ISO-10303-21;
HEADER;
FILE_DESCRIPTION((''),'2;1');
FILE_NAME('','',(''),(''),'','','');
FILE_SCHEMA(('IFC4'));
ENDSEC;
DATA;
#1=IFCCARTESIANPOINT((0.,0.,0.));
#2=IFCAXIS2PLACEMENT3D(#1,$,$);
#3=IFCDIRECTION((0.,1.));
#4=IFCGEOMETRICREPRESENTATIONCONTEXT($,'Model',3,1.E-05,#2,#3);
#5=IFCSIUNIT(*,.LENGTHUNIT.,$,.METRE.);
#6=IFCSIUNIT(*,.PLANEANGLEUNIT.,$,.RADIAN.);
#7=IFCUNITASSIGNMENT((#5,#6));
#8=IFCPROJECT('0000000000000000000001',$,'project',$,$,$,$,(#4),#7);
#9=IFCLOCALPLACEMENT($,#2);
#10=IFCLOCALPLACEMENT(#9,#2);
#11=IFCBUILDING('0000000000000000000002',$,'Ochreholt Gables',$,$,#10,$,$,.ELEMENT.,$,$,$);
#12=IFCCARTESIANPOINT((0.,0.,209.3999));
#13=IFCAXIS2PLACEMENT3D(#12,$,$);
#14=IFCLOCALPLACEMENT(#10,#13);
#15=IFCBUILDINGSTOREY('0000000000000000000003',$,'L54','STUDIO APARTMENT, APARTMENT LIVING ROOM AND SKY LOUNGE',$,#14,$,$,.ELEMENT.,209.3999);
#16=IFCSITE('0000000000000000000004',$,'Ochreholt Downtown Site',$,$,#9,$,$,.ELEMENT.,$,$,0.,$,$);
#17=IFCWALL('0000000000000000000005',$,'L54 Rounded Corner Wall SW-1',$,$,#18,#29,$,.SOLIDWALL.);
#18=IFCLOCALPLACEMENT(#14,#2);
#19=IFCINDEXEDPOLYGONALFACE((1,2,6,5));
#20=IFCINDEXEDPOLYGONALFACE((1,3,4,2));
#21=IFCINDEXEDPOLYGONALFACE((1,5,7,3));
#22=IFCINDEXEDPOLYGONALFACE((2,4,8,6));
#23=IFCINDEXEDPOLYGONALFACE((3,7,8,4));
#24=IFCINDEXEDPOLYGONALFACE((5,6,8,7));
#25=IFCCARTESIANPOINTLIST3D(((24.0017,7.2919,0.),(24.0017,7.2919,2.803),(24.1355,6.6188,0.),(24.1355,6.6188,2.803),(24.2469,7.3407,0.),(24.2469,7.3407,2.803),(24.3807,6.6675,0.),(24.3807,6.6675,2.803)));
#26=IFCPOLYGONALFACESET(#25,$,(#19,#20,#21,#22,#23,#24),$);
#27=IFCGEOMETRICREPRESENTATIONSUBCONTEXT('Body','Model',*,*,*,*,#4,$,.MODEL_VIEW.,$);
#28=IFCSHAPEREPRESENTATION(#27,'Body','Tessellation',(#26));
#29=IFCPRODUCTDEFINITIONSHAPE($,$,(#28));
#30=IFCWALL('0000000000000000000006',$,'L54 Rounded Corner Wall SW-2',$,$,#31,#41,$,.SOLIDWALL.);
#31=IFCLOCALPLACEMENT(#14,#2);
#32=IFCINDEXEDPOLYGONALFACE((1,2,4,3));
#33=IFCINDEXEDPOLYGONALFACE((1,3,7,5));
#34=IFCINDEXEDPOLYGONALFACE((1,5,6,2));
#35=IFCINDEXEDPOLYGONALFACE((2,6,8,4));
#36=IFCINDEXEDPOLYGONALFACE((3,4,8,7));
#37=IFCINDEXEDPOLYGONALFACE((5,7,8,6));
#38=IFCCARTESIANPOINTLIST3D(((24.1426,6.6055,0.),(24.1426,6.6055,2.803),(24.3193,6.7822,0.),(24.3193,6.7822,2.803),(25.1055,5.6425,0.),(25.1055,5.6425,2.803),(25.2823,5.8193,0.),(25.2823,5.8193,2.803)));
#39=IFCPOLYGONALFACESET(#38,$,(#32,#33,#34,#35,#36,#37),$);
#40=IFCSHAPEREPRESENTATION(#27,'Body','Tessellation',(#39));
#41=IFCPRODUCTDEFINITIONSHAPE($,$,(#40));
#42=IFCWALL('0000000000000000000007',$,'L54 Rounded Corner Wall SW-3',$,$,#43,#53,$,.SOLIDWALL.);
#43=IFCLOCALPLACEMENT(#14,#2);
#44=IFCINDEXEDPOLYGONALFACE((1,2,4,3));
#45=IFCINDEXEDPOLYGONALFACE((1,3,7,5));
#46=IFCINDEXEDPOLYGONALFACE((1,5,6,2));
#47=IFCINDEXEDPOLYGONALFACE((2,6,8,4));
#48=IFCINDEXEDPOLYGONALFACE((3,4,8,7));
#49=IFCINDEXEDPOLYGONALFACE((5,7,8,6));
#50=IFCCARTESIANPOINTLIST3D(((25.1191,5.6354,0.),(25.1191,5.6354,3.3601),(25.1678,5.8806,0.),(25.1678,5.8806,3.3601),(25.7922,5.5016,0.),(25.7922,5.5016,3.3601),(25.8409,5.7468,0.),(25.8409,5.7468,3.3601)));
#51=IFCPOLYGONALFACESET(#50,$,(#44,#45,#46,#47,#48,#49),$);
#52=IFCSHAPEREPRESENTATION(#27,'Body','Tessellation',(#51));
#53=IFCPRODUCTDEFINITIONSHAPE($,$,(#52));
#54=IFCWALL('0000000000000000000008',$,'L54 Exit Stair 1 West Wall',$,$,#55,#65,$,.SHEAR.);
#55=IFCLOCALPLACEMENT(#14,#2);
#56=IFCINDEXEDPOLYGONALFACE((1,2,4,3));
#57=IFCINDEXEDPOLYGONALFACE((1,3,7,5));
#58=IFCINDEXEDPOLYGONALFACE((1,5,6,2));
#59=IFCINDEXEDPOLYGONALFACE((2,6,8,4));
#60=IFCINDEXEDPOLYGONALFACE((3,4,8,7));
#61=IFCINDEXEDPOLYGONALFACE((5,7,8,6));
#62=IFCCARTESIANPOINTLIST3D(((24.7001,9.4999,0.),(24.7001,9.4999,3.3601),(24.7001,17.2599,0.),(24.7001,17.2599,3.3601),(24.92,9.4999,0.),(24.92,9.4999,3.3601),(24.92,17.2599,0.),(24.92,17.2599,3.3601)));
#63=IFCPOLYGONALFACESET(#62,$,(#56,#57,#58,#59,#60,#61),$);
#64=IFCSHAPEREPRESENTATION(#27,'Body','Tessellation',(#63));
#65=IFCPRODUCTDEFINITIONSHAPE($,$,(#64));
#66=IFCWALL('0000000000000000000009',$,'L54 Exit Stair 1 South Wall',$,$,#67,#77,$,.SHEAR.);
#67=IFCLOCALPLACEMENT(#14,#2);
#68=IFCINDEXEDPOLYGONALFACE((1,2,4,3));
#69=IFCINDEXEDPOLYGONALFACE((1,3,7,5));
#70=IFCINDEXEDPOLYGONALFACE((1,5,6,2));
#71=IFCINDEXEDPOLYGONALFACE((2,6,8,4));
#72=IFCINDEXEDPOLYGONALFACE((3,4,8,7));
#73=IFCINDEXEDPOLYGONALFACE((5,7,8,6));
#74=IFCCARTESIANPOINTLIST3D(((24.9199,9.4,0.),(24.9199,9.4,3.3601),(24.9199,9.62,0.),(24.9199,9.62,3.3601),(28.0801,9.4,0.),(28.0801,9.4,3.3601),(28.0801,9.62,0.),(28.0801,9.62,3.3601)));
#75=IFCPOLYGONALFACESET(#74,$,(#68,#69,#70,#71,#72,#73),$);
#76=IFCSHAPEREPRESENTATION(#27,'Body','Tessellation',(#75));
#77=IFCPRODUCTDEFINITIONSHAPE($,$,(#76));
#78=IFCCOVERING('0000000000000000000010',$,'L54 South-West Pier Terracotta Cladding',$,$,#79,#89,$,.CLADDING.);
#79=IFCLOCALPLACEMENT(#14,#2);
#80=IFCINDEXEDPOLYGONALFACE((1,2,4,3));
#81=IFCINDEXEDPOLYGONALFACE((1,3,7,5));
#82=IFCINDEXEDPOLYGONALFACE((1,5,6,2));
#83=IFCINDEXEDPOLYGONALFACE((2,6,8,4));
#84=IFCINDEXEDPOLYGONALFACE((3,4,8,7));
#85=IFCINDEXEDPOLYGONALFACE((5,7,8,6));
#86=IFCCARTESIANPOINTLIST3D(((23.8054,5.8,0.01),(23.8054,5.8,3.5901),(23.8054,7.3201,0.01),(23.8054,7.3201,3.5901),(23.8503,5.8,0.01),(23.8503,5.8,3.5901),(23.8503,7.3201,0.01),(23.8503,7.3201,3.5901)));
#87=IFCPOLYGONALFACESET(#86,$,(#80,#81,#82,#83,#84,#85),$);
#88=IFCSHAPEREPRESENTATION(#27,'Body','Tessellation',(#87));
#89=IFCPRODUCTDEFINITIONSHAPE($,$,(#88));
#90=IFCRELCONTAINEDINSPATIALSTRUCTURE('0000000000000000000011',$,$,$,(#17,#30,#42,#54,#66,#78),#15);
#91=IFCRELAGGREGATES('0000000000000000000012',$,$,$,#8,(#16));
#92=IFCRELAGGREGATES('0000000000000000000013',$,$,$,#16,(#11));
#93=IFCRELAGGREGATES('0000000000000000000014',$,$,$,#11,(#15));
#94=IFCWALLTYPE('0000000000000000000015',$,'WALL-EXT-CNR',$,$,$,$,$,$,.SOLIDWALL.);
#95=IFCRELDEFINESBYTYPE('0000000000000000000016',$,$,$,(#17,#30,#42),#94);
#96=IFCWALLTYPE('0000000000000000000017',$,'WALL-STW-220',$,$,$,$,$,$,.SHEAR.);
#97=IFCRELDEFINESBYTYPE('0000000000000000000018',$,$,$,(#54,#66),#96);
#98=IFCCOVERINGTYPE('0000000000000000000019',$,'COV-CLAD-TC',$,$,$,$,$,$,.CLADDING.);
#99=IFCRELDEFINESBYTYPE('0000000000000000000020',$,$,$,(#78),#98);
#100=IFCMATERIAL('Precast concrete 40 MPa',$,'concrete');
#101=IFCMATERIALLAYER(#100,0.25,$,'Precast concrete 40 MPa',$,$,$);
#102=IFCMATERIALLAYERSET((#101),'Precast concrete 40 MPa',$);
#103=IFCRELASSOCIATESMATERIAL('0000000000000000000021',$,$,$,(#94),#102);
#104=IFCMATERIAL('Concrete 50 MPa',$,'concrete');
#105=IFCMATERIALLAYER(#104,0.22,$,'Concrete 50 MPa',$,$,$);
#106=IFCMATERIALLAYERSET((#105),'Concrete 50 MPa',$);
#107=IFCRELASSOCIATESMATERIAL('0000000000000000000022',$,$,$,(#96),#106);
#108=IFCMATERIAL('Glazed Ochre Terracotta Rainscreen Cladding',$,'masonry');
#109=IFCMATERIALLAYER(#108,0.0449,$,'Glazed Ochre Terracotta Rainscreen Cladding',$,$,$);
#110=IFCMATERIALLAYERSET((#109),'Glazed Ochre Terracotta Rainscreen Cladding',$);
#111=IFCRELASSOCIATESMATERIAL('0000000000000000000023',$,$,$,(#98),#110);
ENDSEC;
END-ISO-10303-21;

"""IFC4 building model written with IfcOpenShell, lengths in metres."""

from ifc_helpers import new_model, si_unit, direction, frame, frame_2d, origin, origin_2d, place, context, subcontext, project, spatial, rectangle, extrude, material, layer, layer_set, type_object, element, save


model = new_model("IFC4")

# Units and contexts
model_context = context("Model", 3, precision=1e-05, world=origin(), true_north=direction((0.0, 1.0)))
body_context = subcontext(model_context, "Body", "Model", "MODEL_VIEW")
ifc_project = project(units=[si_unit("LENGTHUNIT", "METRE"), si_unit("PLANEANGLEUNIT", "RADIAN")], contexts=[model_context])

# Site, building, storey
site_placement = place(None, origin())
site = spatial("IfcSite", under=ifc_project, at=site_placement, Name="Ochreholt Downtown Site", CompositionType="ELEMENT", RefElevation=0.0)
building_placement = place(site_placement, origin())
building = spatial("IfcBuilding", under=site, at=building_placement, Name="Ochreholt Gables", CompositionType="ELEMENT")
storey_placement = place(building_placement, frame((0.0, 0.0, 209.3999)))
storey = spatial("IfcBuildingStorey", under=building, at=storey_placement, Name="L54", Description="STUDIO APARTMENT, APARTMENT LIVING ROOM AND SKY LOUNGE", CompositionType="ELEMENT", Elevation=209.3999)

# Shared definitions
ifc_material_1 = material(Name="Concrete 50 MPa", Category="concrete")

# Shared definitions
ifc_material_2 = material(Name="Precast concrete 40 MPa", Category="concrete")

# Walls
ifc_layer_1 = layer(ifc_material_2, 0.25, Name="Precast concrete 40 MPa")
ifc_layer_set_1 = layer_set([ifc_layer_1], Name="Precast concrete 40 MPa")
wall_type_1 = type_object("IfcWallType", Name="WALL-EXT-CNR", PredefinedType="SOLIDWALL", material=ifc_layer_set_1)
wall_1_placement = place(storey_placement, frame((24.1243, 7.3164, 0.0), z_axis=(0.0, 0.0, 1.0), x_axis=(0.194953, -0.980813, 0.0)))
element("IfcWall", 1, at=wall_1_placement, inside=storey, type_object=wall_type_1, Name="L54 Rounded Corner Wall SW-1", PredefinedType="SOLIDWALL", context=body_context, shape_type="SweptSolid", body=[
    extrude(rectangle(XDim=0.6863, YDim=0.25, at=frame_2d((0.3433, 0.0))), origin(), (0.0, 0.0, 1.0), 2.803),
])
wall_2_placement = place(storey_placement, frame((24.231, 6.6938, 0.0), z_axis=(0.0, 0.0, 1.0), x_axis=(0.707107, -0.707107, 0.0)))
element("IfcWall", 2, at=wall_2_placement, inside=storey, type_object=wall_type_1, Name="L54 Rounded Corner Wall SW-2", PredefinedType="SOLIDWALL", context=body_context, shape_type="SweptSolid", body=[
    extrude(rectangle(XDim=1.3618, YDim=0.25, at=frame_2d((0.6809, 0.0))), origin(), (0.0, 0.0, 1.0), 2.803),
])
wall_3_placement = place(storey_placement, frame((25.1433, 5.7581, 0.0), z_axis=(0.0, 0.0, 1.0), x_axis=(0.980813, -0.194953, 0.0)))
element("IfcWall", 3, at=wall_3_placement, inside=storey, type_object=wall_type_1, Name="L54 Rounded Corner Wall SW-3", PredefinedType="SOLIDWALL", context=body_context, shape_type="SweptSolid", body=[
    extrude(rectangle(XDim=0.6863, YDim=0.25, at=frame_2d((0.3433, 0.0))), origin(), (0.0, 0.0, 1.0), 3.3601),
])
ifc_layer_2 = layer(ifc_material_1, 0.22, Name="Concrete 50 MPa")
ifc_layer_set_2 = layer_set([ifc_layer_2], Name="Concrete 50 MPa")
wall_type_2 = type_object("IfcWallType", Name="WALL-STW-220", PredefinedType="SHEAR", material=ifc_layer_set_2)
wall_4_placement = place(storey_placement, frame((24.8101, 9.5, 0.0), z_axis=(0.0, 0.0, 1.0), x_axis=(0.0, 1.0, 0.0)))
element("IfcWall", 4, at=wall_4_placement, inside=storey, type_object=wall_type_2, Name="L54 Exit Stair 1 West Wall", PredefinedType="SHEAR", context=body_context, shape_type="SweptSolid", body=[
    extrude(rectangle(XDim=7.76, YDim=0.22, at=frame_2d((3.8799, 0.0))), origin(), (0.0, 0.0, 1.0), 3.3601),
])
wall_5_placement = place(storey_placement, frame((24.9199, 9.51, 0.0), z_axis=(0.0, 0.0, 1.0), x_axis=(1.0, 0.0, 0.0)))
element("IfcWall", 5, at=wall_5_placement, inside=storey, type_object=wall_type_2, Name="L54 Exit Stair 1 South Wall", PredefinedType="SHEAR", context=body_context, shape_type="SweptSolid", body=[
    extrude(rectangle(XDim=3.1602, YDim=0.22, at=frame_2d((1.5801, 0.0))), origin(), (0.0, 0.0, 1.0), 3.3601),
])

# Covering
ifc_material_3 = material(Name="Glazed Ochre Terracotta Rainscreen Cladding", Category="masonry")
ifc_layer_3 = layer(ifc_material_3, 0.0449, Name="Glazed Ochre Terracotta Rainscreen Cladding")
ifc_layer_set_3 = layer_set([ifc_layer_3], Name="Glazed Ochre Terracotta Rainscreen Cladding")
covering_type = type_object("IfcCoveringType", Name="COV-CLAD-TC", PredefinedType="CLADDING", material=ifc_layer_set_3)
covering_placement = place(storey_placement, frame((23.8279, 6.5601, 0.01), z_axis=(0.0, 0.0, 1.0), x_axis=(0.0, 1.0, 0.0)))
element("IfcCovering", 6, at=covering_placement, inside=storey, type_object=covering_type, Name="L54 South-West Pier Terracotta Cladding", PredefinedType="CLADDING", context=body_context, shape_type="SweptSolid", body=[
    extrude(rectangle(XDim=1.52, YDim=0.0449, at=origin_2d()), origin(), (0.0, 0.0, 1.0), 3.5801),
])

save(model, "model.ifc")
